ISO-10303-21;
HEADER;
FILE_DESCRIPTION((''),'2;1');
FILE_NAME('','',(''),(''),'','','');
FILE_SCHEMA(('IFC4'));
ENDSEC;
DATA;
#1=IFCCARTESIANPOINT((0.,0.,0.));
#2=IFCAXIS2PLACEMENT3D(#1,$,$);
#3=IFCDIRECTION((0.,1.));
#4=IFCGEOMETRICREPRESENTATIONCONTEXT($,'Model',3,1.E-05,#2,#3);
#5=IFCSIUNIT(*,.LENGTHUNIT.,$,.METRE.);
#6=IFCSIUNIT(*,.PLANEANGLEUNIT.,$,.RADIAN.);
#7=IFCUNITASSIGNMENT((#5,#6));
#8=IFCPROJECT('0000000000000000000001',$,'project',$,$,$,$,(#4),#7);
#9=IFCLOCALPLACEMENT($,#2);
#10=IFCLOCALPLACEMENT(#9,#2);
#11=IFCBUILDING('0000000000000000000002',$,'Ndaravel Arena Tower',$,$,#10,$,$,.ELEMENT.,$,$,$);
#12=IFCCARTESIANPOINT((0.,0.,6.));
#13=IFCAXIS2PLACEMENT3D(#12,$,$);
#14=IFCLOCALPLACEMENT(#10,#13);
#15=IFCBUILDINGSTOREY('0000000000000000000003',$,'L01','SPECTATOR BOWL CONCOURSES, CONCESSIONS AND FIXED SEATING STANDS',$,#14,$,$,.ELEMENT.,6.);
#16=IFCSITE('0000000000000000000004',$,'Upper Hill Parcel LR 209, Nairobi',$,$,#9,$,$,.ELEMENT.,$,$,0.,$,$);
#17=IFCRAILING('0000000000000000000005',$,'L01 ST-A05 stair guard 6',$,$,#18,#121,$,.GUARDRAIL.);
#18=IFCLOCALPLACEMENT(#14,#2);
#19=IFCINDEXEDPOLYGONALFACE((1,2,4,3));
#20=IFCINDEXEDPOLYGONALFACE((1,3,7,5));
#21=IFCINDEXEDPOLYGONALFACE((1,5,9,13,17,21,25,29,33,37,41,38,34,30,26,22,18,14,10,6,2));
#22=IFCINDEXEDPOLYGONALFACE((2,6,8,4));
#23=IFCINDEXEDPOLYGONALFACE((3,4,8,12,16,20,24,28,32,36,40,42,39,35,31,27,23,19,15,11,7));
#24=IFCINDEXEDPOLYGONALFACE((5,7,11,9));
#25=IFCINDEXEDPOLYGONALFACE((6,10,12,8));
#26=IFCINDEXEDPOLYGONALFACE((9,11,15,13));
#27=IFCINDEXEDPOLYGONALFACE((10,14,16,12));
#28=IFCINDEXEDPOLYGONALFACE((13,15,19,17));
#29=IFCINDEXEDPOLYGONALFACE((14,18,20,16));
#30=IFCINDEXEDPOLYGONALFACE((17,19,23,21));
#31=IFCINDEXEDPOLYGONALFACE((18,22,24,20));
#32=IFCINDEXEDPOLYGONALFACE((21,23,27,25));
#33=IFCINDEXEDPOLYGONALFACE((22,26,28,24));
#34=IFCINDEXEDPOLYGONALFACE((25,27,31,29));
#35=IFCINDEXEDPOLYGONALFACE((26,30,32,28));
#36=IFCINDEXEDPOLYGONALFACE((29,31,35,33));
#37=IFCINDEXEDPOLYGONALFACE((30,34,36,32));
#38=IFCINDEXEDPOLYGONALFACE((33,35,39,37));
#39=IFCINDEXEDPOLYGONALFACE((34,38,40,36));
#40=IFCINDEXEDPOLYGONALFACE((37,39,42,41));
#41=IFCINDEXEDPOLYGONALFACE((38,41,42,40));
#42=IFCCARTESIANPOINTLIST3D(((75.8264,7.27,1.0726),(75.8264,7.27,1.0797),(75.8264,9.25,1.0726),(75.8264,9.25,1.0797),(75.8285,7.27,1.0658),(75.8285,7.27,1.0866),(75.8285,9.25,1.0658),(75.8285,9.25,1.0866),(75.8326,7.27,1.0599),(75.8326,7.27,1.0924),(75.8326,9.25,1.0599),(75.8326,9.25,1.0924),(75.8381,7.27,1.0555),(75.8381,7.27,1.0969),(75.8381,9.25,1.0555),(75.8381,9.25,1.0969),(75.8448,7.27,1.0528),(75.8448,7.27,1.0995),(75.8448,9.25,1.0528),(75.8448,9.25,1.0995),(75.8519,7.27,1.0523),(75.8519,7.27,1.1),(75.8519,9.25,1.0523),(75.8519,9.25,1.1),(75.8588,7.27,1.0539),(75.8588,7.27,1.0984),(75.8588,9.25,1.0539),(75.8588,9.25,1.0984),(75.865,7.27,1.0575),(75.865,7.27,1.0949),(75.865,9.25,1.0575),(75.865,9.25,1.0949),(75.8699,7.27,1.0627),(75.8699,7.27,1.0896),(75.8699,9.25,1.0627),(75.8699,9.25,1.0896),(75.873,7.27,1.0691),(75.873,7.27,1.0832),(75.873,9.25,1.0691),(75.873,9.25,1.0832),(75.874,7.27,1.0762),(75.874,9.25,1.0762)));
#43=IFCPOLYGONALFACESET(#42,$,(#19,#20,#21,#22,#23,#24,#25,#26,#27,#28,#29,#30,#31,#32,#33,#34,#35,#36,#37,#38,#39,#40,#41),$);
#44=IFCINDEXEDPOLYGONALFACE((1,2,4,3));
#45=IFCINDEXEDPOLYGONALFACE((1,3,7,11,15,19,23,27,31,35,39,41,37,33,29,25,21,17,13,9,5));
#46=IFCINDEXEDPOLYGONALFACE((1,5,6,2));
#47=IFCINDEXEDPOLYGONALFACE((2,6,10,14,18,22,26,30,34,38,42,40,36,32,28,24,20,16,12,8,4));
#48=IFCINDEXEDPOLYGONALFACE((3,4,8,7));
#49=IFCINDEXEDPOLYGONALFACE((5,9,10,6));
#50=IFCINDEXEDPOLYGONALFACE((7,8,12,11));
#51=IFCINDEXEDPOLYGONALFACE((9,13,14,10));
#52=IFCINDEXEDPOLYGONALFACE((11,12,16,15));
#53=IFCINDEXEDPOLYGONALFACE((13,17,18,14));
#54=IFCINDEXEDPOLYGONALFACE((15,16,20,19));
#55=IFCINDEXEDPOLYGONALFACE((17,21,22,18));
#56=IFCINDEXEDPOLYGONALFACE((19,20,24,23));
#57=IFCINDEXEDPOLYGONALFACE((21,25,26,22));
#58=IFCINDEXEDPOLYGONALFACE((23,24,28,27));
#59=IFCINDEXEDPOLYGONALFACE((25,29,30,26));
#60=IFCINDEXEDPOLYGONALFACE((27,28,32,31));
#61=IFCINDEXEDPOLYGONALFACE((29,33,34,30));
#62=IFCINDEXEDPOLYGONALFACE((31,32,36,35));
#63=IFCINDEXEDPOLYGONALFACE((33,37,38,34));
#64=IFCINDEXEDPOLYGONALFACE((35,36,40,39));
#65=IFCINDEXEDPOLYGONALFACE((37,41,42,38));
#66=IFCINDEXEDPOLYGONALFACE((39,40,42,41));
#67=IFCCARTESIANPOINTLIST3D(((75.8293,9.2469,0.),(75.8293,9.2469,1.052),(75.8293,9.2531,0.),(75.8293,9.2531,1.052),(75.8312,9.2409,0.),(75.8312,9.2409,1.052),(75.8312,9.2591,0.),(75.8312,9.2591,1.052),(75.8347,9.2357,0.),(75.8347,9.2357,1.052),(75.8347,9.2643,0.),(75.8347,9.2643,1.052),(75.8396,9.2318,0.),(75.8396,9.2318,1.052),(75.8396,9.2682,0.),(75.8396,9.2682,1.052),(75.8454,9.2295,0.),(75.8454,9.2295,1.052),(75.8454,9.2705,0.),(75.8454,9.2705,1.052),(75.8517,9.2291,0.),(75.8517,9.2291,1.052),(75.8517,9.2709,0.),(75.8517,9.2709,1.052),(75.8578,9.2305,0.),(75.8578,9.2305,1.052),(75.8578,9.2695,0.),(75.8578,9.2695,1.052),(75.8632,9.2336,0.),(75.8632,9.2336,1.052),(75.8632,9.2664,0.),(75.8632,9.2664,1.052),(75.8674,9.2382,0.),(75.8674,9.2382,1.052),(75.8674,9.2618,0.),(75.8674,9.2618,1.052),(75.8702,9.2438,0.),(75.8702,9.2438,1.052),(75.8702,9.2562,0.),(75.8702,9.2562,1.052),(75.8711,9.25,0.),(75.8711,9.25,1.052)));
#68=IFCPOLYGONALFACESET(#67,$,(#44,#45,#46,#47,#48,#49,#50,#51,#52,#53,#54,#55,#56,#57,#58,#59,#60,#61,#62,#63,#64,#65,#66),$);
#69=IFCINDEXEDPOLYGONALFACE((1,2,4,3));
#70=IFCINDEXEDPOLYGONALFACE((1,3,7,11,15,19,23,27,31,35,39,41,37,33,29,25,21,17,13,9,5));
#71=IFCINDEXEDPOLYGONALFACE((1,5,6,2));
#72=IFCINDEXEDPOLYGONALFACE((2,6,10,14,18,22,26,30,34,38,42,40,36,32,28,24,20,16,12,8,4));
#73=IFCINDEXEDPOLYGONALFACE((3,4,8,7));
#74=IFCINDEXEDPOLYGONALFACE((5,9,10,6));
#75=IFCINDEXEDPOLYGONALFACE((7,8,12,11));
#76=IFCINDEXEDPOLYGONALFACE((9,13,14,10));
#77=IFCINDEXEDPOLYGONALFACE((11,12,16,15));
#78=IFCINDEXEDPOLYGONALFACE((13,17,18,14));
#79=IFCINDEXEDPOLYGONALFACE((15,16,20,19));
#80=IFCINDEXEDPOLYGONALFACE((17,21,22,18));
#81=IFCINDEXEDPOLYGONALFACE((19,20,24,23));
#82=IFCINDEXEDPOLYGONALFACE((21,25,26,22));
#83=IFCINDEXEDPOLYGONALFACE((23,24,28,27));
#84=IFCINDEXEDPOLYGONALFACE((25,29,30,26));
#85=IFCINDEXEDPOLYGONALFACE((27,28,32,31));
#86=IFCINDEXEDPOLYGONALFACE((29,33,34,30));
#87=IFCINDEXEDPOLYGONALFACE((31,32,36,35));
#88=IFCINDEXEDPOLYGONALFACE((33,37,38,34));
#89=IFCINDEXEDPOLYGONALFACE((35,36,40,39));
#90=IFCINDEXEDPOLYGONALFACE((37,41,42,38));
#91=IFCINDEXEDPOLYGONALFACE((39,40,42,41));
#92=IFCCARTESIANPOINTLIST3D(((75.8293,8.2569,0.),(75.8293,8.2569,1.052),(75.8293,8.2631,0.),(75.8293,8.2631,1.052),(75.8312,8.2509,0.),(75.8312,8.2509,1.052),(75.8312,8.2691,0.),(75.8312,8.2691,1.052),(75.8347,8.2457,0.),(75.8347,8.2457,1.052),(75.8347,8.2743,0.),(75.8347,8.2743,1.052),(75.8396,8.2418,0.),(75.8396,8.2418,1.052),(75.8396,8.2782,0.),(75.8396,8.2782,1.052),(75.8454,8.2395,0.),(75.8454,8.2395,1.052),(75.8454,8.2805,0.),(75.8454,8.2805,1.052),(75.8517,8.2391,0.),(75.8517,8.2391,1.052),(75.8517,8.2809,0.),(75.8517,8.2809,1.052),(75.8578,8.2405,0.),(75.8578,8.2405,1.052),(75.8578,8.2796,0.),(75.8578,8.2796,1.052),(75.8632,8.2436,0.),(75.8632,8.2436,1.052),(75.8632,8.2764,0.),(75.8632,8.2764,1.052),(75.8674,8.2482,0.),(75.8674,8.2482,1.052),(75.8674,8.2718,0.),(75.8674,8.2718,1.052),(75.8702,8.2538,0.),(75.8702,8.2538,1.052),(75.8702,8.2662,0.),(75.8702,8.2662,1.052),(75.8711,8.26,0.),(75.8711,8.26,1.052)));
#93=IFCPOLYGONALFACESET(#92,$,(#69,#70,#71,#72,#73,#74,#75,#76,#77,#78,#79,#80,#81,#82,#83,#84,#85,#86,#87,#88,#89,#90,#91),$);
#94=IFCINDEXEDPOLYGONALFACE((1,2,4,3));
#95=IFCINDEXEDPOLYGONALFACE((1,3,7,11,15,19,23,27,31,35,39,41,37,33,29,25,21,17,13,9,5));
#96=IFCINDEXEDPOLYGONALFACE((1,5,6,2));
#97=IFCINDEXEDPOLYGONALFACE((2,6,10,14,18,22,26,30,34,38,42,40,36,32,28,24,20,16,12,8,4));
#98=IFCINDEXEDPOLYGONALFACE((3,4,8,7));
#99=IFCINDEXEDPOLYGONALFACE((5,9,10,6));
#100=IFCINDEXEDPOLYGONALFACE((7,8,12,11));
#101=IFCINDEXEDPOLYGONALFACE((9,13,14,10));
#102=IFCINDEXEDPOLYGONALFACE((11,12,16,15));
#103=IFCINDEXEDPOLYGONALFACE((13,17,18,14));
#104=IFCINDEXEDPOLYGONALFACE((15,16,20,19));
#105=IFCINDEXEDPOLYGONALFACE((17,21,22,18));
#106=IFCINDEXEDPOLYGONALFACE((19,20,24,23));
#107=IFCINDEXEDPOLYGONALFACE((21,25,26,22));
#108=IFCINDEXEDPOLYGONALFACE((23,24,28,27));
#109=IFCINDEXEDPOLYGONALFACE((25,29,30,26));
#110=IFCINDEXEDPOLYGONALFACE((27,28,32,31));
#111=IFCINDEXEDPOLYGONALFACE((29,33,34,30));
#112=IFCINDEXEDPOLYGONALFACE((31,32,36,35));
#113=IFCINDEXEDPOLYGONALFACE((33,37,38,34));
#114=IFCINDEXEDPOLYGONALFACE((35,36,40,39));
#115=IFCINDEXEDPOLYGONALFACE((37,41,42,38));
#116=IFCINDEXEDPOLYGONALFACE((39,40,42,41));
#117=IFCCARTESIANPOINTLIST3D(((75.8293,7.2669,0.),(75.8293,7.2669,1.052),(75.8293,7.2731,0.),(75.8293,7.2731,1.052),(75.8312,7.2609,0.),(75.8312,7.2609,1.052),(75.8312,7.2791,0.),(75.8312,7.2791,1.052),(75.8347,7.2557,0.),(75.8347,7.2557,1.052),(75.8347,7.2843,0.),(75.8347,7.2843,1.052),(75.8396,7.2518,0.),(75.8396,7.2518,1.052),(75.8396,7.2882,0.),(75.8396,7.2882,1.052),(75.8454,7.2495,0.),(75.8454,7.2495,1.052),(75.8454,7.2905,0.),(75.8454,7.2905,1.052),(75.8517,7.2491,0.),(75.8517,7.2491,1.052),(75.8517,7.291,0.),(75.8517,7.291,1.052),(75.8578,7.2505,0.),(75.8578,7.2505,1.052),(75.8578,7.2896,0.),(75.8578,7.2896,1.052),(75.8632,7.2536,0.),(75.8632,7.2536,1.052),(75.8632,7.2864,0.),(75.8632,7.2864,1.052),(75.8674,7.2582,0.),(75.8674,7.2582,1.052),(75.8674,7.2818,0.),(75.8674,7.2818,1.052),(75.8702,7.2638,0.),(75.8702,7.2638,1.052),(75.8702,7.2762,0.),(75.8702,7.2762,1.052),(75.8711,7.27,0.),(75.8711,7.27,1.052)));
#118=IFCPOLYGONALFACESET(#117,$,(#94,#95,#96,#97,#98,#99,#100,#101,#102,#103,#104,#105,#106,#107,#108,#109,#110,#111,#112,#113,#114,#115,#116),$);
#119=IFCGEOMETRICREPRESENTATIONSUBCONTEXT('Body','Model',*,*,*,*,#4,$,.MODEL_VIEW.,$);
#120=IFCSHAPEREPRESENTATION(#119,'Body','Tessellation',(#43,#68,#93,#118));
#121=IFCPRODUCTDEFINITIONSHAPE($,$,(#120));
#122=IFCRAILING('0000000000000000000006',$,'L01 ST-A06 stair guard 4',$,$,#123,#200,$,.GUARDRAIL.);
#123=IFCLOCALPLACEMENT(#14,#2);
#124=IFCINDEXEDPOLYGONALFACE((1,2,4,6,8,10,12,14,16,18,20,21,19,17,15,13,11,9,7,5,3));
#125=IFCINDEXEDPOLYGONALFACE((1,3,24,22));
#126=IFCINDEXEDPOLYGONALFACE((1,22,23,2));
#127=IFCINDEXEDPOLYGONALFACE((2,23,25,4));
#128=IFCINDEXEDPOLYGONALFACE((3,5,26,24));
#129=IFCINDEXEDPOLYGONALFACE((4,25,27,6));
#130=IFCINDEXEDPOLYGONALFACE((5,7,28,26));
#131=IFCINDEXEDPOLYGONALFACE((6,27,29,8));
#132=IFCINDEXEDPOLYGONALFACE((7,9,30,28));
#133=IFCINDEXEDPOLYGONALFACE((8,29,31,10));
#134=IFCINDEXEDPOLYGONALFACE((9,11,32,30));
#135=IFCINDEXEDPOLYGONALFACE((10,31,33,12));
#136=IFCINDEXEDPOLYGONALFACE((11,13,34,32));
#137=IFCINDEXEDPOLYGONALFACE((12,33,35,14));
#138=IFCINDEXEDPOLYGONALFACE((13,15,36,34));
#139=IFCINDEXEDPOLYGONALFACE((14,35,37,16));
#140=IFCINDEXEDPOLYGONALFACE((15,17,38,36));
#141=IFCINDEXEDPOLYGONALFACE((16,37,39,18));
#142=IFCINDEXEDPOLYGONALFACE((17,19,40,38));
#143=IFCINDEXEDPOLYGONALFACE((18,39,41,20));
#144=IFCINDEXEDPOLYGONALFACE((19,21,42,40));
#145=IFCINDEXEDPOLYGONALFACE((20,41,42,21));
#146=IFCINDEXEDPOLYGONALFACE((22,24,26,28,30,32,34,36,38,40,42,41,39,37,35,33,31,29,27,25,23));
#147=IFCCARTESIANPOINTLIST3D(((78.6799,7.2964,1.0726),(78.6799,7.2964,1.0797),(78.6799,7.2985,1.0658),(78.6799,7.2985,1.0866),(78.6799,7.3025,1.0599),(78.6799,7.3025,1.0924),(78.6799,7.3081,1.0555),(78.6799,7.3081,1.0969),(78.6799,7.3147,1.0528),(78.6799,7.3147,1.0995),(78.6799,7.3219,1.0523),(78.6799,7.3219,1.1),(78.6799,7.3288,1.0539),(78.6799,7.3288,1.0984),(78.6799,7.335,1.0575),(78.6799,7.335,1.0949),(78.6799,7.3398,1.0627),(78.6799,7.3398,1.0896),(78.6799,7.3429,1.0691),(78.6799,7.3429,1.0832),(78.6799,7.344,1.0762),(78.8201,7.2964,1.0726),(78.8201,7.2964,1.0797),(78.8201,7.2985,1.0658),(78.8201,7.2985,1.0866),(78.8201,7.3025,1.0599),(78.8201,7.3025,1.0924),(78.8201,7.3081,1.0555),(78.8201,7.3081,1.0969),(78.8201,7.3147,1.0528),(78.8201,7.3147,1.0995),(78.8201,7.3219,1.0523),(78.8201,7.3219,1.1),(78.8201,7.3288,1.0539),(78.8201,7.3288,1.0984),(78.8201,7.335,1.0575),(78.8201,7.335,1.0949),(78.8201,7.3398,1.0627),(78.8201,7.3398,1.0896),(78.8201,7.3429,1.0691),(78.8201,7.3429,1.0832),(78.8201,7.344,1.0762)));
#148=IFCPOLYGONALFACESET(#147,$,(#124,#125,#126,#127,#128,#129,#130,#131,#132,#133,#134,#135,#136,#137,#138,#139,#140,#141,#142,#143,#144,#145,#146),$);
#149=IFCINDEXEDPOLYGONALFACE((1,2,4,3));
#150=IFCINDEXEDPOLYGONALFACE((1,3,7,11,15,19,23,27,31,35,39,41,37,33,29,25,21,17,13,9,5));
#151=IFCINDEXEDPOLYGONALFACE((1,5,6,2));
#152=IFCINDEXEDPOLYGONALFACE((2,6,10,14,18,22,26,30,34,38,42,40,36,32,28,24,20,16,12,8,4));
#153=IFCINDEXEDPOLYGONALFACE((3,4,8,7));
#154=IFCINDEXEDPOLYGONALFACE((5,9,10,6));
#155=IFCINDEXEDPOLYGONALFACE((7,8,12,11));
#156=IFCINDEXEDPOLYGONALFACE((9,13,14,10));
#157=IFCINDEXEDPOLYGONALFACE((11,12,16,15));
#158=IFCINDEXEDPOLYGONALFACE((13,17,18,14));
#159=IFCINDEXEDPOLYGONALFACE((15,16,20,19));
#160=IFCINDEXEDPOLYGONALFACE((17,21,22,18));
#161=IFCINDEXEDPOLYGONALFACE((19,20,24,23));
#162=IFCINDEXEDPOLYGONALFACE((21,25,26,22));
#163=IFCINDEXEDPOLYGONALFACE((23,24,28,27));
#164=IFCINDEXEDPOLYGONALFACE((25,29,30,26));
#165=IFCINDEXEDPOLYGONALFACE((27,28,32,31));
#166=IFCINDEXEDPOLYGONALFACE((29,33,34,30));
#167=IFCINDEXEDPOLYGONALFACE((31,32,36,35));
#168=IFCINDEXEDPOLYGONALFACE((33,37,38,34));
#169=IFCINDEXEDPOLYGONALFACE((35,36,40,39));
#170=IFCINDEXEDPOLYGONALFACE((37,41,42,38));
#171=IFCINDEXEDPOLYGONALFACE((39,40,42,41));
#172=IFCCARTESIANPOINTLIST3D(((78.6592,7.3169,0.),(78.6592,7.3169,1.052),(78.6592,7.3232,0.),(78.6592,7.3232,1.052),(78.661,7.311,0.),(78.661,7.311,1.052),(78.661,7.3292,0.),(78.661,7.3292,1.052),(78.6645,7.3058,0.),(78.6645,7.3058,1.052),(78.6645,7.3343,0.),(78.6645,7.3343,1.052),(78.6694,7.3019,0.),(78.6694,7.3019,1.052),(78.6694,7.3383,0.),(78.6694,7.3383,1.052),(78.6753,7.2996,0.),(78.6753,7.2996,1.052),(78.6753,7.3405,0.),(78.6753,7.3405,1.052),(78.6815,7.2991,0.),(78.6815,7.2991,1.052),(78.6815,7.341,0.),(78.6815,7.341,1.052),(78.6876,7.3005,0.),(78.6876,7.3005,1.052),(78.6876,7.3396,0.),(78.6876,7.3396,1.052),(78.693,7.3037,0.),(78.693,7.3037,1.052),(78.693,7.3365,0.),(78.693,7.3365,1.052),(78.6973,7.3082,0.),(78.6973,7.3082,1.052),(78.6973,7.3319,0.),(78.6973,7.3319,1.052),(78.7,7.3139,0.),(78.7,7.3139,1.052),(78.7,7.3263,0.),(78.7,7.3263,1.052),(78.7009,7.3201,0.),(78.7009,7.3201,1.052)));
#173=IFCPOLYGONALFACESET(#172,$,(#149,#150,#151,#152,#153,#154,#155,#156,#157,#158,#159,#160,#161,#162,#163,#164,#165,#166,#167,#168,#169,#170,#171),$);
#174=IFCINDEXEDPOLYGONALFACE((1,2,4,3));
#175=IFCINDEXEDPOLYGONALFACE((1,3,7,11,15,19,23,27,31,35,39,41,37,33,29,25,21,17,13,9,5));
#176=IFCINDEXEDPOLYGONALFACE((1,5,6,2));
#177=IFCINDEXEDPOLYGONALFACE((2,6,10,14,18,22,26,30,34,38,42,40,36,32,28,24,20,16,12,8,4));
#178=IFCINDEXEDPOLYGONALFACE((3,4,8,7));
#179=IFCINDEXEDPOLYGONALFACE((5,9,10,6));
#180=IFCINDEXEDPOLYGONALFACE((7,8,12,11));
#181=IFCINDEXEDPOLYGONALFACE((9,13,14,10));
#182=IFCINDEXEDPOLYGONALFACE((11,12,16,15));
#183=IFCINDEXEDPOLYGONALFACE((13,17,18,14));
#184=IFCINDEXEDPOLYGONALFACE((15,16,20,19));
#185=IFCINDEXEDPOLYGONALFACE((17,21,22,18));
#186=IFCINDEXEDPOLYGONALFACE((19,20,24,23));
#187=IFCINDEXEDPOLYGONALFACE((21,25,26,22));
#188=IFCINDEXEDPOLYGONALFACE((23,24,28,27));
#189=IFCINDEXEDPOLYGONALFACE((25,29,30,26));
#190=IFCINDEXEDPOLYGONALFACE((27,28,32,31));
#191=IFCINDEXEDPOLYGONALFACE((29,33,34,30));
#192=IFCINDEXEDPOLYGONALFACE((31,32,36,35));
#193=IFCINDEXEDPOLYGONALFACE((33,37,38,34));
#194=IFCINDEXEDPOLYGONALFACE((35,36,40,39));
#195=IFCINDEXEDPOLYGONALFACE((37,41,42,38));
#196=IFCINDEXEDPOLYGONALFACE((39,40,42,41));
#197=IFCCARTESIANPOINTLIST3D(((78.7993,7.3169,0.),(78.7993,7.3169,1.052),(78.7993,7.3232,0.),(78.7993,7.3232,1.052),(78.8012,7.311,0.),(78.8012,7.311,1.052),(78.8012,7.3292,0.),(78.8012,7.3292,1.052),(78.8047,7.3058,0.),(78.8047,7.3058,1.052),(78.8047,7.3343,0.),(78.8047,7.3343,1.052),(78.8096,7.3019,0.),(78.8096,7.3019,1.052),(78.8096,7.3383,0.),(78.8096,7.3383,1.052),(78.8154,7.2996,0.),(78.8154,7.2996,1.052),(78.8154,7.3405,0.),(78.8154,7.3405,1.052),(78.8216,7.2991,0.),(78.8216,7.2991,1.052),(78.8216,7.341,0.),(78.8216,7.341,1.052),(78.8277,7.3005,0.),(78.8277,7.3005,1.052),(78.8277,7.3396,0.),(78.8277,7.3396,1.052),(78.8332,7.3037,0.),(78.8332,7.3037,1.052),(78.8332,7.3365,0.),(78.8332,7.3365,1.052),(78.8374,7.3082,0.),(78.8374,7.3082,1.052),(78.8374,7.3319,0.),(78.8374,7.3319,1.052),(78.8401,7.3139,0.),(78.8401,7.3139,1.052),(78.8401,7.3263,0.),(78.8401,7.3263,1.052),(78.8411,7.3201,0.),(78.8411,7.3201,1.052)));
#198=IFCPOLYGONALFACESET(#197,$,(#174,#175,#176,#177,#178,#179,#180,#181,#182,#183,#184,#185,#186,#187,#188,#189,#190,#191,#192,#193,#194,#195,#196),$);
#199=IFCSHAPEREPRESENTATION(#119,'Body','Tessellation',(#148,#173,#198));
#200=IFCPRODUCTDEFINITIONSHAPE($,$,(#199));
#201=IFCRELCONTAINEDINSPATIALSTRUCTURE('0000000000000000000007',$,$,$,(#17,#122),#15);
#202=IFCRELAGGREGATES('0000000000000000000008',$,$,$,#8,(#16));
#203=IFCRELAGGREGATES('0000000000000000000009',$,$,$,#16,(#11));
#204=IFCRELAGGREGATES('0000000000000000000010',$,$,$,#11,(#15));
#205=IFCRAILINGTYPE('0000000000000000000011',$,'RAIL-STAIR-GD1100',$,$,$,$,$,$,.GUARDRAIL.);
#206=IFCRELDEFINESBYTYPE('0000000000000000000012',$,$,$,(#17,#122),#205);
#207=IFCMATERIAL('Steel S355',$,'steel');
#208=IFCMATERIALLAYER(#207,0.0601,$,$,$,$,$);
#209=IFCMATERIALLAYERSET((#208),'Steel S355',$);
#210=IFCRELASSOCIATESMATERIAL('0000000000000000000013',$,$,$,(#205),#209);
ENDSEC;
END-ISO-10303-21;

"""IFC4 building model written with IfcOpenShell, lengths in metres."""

from ifc_helpers import new_model, si_unit, direction, frame, origin, origin_2d, place, context, subcontext, project, spatial, circle, extrude, material, layer, layer_set, type_object, element, save


model = new_model("IFC4")

# Units and contexts
model_context = context("Model", 3, precision=1e-05, world=origin(), true_north=direction((0.0, 1.0)))
body_context = subcontext(model_context, "Body", "Model", "MODEL_VIEW")
ifc_project = project(units=[si_unit("LENGTHUNIT", "METRE"), si_unit("PLANEANGLEUNIT", "RADIAN")], contexts=[model_context])

# Site, building, storey
site_placement = place(None, origin())
site = spatial("IfcSite", under=ifc_project, at=site_placement, Name="Upper Hill Parcel LR 209, Nairobi", CompositionType="ELEMENT", RefElevation=0.0)
building_placement = place(site_placement, origin())
building = spatial("IfcBuilding", under=site, at=building_placement, Name="Ndaravel Arena Tower", CompositionType="ELEMENT")
storey_placement = place(building_placement, frame((0.0, 0.0, 6.0)))
storey = spatial("IfcBuildingStorey", under=building, at=storey_placement, Name="L01", Description="SPECTATOR BOWL CONCOURSES, CONCESSIONS AND FIXED SEATING STANDS", CompositionType="ELEMENT", Elevation=6.0)

# Railings
ifc_material_1 = material(Name="Steel S355", Category="steel")
ifc_layer_1 = layer(ifc_material_1, 0.0601)
ifc_layer_set_1 = layer_set([ifc_layer_1], Name="Steel S355")
railing_type = type_object("IfcRailingType", Name="RAIL-STAIR-GD1100", PredefinedType="GUARDRAIL", material=ifc_layer_set_1)
for number, where, name in (
    (1, (75.8501, 9.25, 0.0), "L01 ST-A05 stair guard 6"),
):
    element("IfcRailing", number, at=place(storey_placement, frame(where)), inside=storey, type_object=railing_type, Name=name, PredefinedType="GUARDRAIL", context=body_context, shape_type="SweptSolid", body=[
        extrude(circle(Radius=0.0239, at=origin_2d()), frame((0.0, 0.0, 1.0762), z_axis=(0.0, -1.0, 0.0), x_axis=(1.0, 0.0, 0.0)), (0.0, 0.0, 1.0), 1.98),
        extrude(circle(Radius=0.021, at=origin_2d()), origin(), (0.0, 0.0, 1.0), 1.052),
        extrude(circle(Radius=0.021, at=origin_2d()), frame((0.0, -0.99, 0.0)), (0.0, 0.0, 1.0), 1.052),
        extrude(circle(Radius=0.021, at=origin_2d()), frame((0.0, -1.98, 0.0)), (0.0, 0.0, 1.0), 1.052),
    ])
railing_1_placement = place(storey_placement, frame((78.6799, 7.3201, 0.0)))
element("IfcRailing", 2, at=railing_1_placement, inside=storey, type_object=railing_type, Name="L01 ST-A06 stair guard 4", PredefinedType="GUARDRAIL", context=body_context, shape_type="SweptSolid", body=[
    extrude(circle(Radius=0.0239, at=origin_2d()), frame((0.0, 0.0, 1.0762), z_axis=(1.0, 0.0, 0.0), x_axis=(0.0, 1.0, 0.0)), (0.0, 0.0, 1.0), 0.1401),
    extrude(circle(Radius=0.021, at=origin_2d()), origin(), (0.0, 0.0, 1.0), 1.052),
    extrude(circle(Radius=0.021, at=origin_2d()), frame((0.1401, 0.0, 0.0)), (0.0, 0.0, 1.0), 1.052),
])

save(model, "model.ifc")
